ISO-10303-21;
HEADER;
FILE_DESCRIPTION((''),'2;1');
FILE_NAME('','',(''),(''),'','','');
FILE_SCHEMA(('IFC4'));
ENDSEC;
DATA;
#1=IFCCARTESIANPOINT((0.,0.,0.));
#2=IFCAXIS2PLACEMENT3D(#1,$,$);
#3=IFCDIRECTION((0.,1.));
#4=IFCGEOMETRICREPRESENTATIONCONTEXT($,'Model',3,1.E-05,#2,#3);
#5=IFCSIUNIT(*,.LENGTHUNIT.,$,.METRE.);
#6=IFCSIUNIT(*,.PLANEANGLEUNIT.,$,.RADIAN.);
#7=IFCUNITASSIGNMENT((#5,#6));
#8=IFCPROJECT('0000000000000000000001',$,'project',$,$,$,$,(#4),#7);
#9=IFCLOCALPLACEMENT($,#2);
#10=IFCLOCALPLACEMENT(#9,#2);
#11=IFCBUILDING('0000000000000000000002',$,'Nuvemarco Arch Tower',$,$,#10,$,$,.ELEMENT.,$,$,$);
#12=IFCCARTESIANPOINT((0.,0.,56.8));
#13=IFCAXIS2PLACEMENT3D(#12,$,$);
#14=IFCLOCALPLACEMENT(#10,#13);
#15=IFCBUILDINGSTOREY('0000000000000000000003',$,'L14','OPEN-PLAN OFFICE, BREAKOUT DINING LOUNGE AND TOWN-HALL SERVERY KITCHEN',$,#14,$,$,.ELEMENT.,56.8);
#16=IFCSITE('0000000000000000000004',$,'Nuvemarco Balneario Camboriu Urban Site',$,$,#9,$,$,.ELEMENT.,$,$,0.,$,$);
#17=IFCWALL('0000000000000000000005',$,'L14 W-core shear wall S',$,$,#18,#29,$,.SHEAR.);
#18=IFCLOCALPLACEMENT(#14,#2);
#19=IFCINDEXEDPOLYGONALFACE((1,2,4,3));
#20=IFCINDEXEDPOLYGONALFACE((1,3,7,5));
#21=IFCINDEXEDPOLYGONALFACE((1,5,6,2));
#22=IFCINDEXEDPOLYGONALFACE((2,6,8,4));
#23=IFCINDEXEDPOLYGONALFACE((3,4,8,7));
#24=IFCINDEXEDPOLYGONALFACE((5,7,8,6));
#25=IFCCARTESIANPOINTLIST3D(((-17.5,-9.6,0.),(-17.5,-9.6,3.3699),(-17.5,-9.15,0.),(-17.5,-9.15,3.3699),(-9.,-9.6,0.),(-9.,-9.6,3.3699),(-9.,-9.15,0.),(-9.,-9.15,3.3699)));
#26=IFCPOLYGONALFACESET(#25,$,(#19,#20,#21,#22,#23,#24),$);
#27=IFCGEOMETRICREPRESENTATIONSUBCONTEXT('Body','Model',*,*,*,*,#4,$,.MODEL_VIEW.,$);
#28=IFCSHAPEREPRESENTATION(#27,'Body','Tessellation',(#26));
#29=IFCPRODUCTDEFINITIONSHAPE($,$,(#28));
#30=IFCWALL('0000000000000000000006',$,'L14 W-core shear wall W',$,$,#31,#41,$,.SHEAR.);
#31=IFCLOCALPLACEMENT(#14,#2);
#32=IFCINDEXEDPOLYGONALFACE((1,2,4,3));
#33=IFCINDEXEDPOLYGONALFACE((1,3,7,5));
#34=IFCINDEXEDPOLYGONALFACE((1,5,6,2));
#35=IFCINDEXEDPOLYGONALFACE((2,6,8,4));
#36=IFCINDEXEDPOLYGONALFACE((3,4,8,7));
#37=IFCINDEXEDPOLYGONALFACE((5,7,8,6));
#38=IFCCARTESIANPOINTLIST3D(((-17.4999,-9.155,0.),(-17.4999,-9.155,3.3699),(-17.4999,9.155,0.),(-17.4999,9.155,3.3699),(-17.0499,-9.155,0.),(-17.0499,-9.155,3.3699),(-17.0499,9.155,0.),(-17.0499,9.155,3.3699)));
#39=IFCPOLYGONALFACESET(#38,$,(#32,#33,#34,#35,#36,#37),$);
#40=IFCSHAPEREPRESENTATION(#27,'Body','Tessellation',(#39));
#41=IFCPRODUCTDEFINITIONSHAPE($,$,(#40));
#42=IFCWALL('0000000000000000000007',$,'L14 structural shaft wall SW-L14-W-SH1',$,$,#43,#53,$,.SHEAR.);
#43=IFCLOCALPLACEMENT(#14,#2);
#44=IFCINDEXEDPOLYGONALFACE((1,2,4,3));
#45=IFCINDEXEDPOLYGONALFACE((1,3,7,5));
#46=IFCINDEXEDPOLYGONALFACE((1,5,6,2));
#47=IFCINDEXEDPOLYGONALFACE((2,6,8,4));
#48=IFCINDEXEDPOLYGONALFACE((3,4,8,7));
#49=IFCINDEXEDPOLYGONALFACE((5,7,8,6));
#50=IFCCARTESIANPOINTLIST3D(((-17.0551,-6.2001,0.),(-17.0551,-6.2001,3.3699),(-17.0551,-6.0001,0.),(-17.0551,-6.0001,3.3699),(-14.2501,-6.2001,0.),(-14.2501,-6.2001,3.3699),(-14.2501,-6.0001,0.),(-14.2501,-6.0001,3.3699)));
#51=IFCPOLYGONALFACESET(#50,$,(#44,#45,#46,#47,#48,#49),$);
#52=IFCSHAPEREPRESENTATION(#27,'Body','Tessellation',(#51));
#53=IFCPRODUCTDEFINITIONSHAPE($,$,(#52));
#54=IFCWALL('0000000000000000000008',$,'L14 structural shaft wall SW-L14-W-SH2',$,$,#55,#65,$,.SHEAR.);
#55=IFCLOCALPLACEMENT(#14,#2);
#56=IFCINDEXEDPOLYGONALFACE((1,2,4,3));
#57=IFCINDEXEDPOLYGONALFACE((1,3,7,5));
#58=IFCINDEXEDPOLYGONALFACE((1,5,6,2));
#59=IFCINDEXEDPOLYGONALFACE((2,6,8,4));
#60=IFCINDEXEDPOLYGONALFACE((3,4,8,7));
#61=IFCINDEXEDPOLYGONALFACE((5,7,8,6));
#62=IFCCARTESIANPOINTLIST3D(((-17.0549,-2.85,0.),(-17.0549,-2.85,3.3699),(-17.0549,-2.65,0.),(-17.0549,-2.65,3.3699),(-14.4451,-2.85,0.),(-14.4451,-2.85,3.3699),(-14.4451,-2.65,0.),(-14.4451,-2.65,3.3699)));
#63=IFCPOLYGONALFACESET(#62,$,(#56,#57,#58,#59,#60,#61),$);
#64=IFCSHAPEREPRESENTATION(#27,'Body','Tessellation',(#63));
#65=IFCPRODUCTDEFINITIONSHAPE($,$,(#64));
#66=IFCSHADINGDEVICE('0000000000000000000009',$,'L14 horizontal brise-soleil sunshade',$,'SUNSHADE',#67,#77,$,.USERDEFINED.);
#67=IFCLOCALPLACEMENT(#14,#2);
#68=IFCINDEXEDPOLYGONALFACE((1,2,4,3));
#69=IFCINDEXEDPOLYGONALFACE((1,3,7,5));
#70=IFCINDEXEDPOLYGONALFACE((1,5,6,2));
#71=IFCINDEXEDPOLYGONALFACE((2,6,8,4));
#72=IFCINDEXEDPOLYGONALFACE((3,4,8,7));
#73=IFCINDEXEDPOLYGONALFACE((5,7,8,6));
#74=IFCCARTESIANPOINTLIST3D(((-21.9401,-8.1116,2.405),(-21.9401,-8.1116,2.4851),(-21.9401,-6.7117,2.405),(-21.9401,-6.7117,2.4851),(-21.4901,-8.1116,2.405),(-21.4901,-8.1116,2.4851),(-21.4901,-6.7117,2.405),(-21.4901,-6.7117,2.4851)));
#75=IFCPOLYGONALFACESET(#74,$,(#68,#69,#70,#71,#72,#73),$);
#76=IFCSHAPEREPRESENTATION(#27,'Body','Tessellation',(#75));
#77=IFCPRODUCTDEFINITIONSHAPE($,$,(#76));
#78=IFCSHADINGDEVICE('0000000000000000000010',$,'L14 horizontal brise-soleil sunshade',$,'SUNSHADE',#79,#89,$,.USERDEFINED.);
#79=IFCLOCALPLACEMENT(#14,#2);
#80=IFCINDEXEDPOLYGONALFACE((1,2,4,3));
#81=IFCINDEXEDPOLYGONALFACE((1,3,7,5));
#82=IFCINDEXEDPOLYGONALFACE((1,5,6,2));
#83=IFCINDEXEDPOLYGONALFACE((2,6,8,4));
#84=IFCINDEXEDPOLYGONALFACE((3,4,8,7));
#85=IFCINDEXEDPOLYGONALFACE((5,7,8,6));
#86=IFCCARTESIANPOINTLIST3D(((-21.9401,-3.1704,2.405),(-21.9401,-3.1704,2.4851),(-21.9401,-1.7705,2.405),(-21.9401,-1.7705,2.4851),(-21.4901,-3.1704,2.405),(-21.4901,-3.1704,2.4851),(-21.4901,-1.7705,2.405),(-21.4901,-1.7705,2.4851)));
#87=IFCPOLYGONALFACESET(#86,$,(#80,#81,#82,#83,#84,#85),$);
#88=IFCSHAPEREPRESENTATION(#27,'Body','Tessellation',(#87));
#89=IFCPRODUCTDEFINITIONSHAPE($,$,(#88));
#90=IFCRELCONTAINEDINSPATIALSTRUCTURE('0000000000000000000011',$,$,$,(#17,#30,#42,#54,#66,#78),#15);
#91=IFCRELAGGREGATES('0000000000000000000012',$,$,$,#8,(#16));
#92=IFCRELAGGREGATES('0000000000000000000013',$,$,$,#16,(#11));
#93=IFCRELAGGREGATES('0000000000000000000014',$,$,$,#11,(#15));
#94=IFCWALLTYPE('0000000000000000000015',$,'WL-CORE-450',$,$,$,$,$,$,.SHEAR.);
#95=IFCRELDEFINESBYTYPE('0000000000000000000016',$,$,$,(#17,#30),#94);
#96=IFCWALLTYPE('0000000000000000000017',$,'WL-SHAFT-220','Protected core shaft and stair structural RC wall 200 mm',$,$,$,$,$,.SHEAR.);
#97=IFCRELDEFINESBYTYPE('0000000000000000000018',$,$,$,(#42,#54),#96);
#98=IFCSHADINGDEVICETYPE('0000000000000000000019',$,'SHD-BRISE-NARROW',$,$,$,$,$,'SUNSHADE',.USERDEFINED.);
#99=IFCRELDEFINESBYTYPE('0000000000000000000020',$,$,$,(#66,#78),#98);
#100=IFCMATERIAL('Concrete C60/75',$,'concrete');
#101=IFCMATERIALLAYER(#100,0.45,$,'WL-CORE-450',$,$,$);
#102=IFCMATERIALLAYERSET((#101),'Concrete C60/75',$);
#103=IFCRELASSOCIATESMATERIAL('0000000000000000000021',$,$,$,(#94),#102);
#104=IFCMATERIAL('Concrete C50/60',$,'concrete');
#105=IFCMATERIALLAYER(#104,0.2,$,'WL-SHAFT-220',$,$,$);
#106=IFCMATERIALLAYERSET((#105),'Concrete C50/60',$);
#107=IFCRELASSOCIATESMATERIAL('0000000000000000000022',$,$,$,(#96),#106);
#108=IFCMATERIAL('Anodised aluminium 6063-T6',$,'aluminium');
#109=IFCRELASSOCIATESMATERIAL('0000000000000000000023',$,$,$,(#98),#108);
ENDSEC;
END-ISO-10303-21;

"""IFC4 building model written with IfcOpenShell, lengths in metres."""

from ifc_helpers import new_model, si_unit, direction, frame, frame_2d, origin, origin_2d, place, context, subcontext, project, spatial, rectangle, extrude, source, transform, mapped, material, layer, layer_set, type_object, type_shapes, element, save


model = new_model("IFC4")

# Units and contexts
model_context = context("Model", 3, precision=1e-05, world=origin(), true_north=direction((0.0, 1.0)))
body_context = subcontext(model_context, "Body", "Model", "MODEL_VIEW")
ifc_project = project(units=[si_unit("LENGTHUNIT", "METRE"), si_unit("PLANEANGLEUNIT", "RADIAN")], contexts=[model_context])

# Site, building, storey
site_placement = place(None, origin())
site = spatial("IfcSite", under=ifc_project, at=site_placement, Name="Nuvemarco Balneario Camboriu Urban Site", CompositionType="ELEMENT", RefElevation=0.0)
building_placement = place(site_placement, origin())
building = spatial("IfcBuilding", under=site, at=building_placement, Name="Nuvemarco Arch Tower", CompositionType="ELEMENT")
storey_placement = place(building_placement, frame((0.0, 0.0, 56.8)))
storey = spatial("IfcBuildingStorey", under=building, at=storey_placement, Name="L14", Description="OPEN-PLAN OFFICE, BREAKOUT DINING LOUNGE AND TOWN-HALL SERVERY KITCHEN", CompositionType="ELEMENT", Elevation=56.8)

# Shared definitions
ifc_material_1 = material(Name="Concrete C60/75", Category="concrete")

# Walls
ifc_layer_1 = layer(ifc_material_1, 0.45, Name="WL-CORE-450")
ifc_layer_set_1 = layer_set([ifc_layer_1], Name="Concrete C60/75")
wall_type_1 = type_object("IfcWallType", Name="WL-CORE-450", PredefinedType="SHEAR", material=ifc_layer_set_1)
wall_1_placement = place(storey_placement, frame((-17.5, -9.375, 0.0), z_axis=(0.0, 0.0, 1.0), x_axis=(1.0, 0.0, 0.0)))
element("IfcWall", 1, at=wall_1_placement, inside=storey, type_object=wall_type_1, Name="L14 W-core shear wall S", PredefinedType="SHEAR", context=body_context, shape_type="SweptSolid", body=[
    extrude(rectangle(XDim=8.5, YDim=0.45, at=frame_2d((4.25, 0.0))), origin(), (0.0, 0.0, 1.0), 3.3699),
])
wall_2_placement = place(storey_placement, frame((-17.2749, -9.155, 0.0), z_axis=(0.0, 0.0, 1.0), x_axis=(0.0, 1.0, 0.0)))
element("IfcWall", 2, at=wall_2_placement, inside=storey, type_object=wall_type_1, Name="L14 W-core shear wall W", PredefinedType="SHEAR", context=body_context, shape_type="SweptSolid", body=[
    extrude(rectangle(XDim=18.3101, YDim=0.45, at=frame_2d((9.155, 0.0))), origin(), (0.0, 0.0, 1.0), 3.3699),
])

# Shared definitions
ifc_material_2 = material(Name="Concrete C50/60", Category="concrete")
ifc_layer_2 = layer(ifc_material_2, 0.2, Name="WL-SHAFT-220")
ifc_layer_set_2 = layer_set([ifc_layer_2], Name="Concrete C50/60")
wall_type_2 = type_object("IfcWallType", Name="WL-SHAFT-220", Description="Protected core shaft and stair structural RC wall 200 mm", PredefinedType="SHEAR", material=ifc_layer_set_2)

# Walls
wall_3_placement = place(storey_placement, frame((-17.0549, -6.1001, 0.0), z_axis=(0.0, 0.0, 1.0), x_axis=(1.0, 0.0, 0.0)))
element("IfcWall", 3, at=wall_3_placement, inside=storey, type_object=wall_type_2, Name="L14 structural shaft wall SW-L14-W-SH1", PredefinedType="SHEAR", context=body_context, shape_type="SweptSolid", body=[
    extrude(rectangle(XDim=2.8049, YDim=0.2, at=frame_2d((1.4023, 0.0))), origin(), (0.0, 0.0, 1.0), 3.3699),
])
wall_4_placement = place(storey_placement, frame((-17.0549, -2.75, 0.0), z_axis=(0.0, 0.0, 1.0), x_axis=(1.0, 0.0, 0.0)))
element("IfcWall", 4, at=wall_4_placement, inside=storey, type_object=wall_type_2, Name="L14 structural shaft wall SW-L14-W-SH2", PredefinedType="SHEAR", context=body_context, shape_type="SweptSolid", body=[
    extrude(rectangle(XDim=2.6099, YDim=0.2, at=frame_2d((1.3049, 0.0))), origin(), (0.0, 0.0, 1.0), 3.3699),
])

# Shading devices
ifc_material_3 = material(Name="Anodised aluminium 6063-T6", Category="aluminium")
shading_device_type = type_object("IfcShadingDeviceType", Name="SHD-BRISE-NARROW", ElementType="SUNSHADE", PredefinedType="USERDEFINED", material=ifc_material_3)
shared_shape_1 = source(origin(), body_context, "Body", "SweptSolid", [
    extrude(rectangle(XDim=1.3999, YDim=0.45, at=origin_2d()), origin(), (0.0, 0.0, 1.0), 0.0801),
])
type_shapes(shading_device_type, [shared_shape_1])
for number, where, z_axis, x_axis, name in (
    (5, (-21.7151, -7.4116, 2.405), (0.0, 0.0, 1.0), (0.0, 1.0, 0.0), "L14 horizontal brise-soleil sunshade"),
    (6, (-21.7151, -2.4705, 2.405), (0.0, 0.0, 1.0), (0.0, 1.0, 0.0), "L14 horizontal brise-soleil sunshade"),
):
    element("IfcShadingDevice", number, at=place(storey_placement, frame(where, z_axis=z_axis, x_axis=x_axis)), inside=storey, type_object=shading_device_type, Name=name, ObjectType="SUNSHADE", PredefinedType="USERDEFINED", context=body_context, shape_type="MappedRepresentation", body=[
        mapped(shared_shape_1, transform((0.0, 0.0, 0.0), scale=1.0)),
    ])

save(model, "model.ifc")
